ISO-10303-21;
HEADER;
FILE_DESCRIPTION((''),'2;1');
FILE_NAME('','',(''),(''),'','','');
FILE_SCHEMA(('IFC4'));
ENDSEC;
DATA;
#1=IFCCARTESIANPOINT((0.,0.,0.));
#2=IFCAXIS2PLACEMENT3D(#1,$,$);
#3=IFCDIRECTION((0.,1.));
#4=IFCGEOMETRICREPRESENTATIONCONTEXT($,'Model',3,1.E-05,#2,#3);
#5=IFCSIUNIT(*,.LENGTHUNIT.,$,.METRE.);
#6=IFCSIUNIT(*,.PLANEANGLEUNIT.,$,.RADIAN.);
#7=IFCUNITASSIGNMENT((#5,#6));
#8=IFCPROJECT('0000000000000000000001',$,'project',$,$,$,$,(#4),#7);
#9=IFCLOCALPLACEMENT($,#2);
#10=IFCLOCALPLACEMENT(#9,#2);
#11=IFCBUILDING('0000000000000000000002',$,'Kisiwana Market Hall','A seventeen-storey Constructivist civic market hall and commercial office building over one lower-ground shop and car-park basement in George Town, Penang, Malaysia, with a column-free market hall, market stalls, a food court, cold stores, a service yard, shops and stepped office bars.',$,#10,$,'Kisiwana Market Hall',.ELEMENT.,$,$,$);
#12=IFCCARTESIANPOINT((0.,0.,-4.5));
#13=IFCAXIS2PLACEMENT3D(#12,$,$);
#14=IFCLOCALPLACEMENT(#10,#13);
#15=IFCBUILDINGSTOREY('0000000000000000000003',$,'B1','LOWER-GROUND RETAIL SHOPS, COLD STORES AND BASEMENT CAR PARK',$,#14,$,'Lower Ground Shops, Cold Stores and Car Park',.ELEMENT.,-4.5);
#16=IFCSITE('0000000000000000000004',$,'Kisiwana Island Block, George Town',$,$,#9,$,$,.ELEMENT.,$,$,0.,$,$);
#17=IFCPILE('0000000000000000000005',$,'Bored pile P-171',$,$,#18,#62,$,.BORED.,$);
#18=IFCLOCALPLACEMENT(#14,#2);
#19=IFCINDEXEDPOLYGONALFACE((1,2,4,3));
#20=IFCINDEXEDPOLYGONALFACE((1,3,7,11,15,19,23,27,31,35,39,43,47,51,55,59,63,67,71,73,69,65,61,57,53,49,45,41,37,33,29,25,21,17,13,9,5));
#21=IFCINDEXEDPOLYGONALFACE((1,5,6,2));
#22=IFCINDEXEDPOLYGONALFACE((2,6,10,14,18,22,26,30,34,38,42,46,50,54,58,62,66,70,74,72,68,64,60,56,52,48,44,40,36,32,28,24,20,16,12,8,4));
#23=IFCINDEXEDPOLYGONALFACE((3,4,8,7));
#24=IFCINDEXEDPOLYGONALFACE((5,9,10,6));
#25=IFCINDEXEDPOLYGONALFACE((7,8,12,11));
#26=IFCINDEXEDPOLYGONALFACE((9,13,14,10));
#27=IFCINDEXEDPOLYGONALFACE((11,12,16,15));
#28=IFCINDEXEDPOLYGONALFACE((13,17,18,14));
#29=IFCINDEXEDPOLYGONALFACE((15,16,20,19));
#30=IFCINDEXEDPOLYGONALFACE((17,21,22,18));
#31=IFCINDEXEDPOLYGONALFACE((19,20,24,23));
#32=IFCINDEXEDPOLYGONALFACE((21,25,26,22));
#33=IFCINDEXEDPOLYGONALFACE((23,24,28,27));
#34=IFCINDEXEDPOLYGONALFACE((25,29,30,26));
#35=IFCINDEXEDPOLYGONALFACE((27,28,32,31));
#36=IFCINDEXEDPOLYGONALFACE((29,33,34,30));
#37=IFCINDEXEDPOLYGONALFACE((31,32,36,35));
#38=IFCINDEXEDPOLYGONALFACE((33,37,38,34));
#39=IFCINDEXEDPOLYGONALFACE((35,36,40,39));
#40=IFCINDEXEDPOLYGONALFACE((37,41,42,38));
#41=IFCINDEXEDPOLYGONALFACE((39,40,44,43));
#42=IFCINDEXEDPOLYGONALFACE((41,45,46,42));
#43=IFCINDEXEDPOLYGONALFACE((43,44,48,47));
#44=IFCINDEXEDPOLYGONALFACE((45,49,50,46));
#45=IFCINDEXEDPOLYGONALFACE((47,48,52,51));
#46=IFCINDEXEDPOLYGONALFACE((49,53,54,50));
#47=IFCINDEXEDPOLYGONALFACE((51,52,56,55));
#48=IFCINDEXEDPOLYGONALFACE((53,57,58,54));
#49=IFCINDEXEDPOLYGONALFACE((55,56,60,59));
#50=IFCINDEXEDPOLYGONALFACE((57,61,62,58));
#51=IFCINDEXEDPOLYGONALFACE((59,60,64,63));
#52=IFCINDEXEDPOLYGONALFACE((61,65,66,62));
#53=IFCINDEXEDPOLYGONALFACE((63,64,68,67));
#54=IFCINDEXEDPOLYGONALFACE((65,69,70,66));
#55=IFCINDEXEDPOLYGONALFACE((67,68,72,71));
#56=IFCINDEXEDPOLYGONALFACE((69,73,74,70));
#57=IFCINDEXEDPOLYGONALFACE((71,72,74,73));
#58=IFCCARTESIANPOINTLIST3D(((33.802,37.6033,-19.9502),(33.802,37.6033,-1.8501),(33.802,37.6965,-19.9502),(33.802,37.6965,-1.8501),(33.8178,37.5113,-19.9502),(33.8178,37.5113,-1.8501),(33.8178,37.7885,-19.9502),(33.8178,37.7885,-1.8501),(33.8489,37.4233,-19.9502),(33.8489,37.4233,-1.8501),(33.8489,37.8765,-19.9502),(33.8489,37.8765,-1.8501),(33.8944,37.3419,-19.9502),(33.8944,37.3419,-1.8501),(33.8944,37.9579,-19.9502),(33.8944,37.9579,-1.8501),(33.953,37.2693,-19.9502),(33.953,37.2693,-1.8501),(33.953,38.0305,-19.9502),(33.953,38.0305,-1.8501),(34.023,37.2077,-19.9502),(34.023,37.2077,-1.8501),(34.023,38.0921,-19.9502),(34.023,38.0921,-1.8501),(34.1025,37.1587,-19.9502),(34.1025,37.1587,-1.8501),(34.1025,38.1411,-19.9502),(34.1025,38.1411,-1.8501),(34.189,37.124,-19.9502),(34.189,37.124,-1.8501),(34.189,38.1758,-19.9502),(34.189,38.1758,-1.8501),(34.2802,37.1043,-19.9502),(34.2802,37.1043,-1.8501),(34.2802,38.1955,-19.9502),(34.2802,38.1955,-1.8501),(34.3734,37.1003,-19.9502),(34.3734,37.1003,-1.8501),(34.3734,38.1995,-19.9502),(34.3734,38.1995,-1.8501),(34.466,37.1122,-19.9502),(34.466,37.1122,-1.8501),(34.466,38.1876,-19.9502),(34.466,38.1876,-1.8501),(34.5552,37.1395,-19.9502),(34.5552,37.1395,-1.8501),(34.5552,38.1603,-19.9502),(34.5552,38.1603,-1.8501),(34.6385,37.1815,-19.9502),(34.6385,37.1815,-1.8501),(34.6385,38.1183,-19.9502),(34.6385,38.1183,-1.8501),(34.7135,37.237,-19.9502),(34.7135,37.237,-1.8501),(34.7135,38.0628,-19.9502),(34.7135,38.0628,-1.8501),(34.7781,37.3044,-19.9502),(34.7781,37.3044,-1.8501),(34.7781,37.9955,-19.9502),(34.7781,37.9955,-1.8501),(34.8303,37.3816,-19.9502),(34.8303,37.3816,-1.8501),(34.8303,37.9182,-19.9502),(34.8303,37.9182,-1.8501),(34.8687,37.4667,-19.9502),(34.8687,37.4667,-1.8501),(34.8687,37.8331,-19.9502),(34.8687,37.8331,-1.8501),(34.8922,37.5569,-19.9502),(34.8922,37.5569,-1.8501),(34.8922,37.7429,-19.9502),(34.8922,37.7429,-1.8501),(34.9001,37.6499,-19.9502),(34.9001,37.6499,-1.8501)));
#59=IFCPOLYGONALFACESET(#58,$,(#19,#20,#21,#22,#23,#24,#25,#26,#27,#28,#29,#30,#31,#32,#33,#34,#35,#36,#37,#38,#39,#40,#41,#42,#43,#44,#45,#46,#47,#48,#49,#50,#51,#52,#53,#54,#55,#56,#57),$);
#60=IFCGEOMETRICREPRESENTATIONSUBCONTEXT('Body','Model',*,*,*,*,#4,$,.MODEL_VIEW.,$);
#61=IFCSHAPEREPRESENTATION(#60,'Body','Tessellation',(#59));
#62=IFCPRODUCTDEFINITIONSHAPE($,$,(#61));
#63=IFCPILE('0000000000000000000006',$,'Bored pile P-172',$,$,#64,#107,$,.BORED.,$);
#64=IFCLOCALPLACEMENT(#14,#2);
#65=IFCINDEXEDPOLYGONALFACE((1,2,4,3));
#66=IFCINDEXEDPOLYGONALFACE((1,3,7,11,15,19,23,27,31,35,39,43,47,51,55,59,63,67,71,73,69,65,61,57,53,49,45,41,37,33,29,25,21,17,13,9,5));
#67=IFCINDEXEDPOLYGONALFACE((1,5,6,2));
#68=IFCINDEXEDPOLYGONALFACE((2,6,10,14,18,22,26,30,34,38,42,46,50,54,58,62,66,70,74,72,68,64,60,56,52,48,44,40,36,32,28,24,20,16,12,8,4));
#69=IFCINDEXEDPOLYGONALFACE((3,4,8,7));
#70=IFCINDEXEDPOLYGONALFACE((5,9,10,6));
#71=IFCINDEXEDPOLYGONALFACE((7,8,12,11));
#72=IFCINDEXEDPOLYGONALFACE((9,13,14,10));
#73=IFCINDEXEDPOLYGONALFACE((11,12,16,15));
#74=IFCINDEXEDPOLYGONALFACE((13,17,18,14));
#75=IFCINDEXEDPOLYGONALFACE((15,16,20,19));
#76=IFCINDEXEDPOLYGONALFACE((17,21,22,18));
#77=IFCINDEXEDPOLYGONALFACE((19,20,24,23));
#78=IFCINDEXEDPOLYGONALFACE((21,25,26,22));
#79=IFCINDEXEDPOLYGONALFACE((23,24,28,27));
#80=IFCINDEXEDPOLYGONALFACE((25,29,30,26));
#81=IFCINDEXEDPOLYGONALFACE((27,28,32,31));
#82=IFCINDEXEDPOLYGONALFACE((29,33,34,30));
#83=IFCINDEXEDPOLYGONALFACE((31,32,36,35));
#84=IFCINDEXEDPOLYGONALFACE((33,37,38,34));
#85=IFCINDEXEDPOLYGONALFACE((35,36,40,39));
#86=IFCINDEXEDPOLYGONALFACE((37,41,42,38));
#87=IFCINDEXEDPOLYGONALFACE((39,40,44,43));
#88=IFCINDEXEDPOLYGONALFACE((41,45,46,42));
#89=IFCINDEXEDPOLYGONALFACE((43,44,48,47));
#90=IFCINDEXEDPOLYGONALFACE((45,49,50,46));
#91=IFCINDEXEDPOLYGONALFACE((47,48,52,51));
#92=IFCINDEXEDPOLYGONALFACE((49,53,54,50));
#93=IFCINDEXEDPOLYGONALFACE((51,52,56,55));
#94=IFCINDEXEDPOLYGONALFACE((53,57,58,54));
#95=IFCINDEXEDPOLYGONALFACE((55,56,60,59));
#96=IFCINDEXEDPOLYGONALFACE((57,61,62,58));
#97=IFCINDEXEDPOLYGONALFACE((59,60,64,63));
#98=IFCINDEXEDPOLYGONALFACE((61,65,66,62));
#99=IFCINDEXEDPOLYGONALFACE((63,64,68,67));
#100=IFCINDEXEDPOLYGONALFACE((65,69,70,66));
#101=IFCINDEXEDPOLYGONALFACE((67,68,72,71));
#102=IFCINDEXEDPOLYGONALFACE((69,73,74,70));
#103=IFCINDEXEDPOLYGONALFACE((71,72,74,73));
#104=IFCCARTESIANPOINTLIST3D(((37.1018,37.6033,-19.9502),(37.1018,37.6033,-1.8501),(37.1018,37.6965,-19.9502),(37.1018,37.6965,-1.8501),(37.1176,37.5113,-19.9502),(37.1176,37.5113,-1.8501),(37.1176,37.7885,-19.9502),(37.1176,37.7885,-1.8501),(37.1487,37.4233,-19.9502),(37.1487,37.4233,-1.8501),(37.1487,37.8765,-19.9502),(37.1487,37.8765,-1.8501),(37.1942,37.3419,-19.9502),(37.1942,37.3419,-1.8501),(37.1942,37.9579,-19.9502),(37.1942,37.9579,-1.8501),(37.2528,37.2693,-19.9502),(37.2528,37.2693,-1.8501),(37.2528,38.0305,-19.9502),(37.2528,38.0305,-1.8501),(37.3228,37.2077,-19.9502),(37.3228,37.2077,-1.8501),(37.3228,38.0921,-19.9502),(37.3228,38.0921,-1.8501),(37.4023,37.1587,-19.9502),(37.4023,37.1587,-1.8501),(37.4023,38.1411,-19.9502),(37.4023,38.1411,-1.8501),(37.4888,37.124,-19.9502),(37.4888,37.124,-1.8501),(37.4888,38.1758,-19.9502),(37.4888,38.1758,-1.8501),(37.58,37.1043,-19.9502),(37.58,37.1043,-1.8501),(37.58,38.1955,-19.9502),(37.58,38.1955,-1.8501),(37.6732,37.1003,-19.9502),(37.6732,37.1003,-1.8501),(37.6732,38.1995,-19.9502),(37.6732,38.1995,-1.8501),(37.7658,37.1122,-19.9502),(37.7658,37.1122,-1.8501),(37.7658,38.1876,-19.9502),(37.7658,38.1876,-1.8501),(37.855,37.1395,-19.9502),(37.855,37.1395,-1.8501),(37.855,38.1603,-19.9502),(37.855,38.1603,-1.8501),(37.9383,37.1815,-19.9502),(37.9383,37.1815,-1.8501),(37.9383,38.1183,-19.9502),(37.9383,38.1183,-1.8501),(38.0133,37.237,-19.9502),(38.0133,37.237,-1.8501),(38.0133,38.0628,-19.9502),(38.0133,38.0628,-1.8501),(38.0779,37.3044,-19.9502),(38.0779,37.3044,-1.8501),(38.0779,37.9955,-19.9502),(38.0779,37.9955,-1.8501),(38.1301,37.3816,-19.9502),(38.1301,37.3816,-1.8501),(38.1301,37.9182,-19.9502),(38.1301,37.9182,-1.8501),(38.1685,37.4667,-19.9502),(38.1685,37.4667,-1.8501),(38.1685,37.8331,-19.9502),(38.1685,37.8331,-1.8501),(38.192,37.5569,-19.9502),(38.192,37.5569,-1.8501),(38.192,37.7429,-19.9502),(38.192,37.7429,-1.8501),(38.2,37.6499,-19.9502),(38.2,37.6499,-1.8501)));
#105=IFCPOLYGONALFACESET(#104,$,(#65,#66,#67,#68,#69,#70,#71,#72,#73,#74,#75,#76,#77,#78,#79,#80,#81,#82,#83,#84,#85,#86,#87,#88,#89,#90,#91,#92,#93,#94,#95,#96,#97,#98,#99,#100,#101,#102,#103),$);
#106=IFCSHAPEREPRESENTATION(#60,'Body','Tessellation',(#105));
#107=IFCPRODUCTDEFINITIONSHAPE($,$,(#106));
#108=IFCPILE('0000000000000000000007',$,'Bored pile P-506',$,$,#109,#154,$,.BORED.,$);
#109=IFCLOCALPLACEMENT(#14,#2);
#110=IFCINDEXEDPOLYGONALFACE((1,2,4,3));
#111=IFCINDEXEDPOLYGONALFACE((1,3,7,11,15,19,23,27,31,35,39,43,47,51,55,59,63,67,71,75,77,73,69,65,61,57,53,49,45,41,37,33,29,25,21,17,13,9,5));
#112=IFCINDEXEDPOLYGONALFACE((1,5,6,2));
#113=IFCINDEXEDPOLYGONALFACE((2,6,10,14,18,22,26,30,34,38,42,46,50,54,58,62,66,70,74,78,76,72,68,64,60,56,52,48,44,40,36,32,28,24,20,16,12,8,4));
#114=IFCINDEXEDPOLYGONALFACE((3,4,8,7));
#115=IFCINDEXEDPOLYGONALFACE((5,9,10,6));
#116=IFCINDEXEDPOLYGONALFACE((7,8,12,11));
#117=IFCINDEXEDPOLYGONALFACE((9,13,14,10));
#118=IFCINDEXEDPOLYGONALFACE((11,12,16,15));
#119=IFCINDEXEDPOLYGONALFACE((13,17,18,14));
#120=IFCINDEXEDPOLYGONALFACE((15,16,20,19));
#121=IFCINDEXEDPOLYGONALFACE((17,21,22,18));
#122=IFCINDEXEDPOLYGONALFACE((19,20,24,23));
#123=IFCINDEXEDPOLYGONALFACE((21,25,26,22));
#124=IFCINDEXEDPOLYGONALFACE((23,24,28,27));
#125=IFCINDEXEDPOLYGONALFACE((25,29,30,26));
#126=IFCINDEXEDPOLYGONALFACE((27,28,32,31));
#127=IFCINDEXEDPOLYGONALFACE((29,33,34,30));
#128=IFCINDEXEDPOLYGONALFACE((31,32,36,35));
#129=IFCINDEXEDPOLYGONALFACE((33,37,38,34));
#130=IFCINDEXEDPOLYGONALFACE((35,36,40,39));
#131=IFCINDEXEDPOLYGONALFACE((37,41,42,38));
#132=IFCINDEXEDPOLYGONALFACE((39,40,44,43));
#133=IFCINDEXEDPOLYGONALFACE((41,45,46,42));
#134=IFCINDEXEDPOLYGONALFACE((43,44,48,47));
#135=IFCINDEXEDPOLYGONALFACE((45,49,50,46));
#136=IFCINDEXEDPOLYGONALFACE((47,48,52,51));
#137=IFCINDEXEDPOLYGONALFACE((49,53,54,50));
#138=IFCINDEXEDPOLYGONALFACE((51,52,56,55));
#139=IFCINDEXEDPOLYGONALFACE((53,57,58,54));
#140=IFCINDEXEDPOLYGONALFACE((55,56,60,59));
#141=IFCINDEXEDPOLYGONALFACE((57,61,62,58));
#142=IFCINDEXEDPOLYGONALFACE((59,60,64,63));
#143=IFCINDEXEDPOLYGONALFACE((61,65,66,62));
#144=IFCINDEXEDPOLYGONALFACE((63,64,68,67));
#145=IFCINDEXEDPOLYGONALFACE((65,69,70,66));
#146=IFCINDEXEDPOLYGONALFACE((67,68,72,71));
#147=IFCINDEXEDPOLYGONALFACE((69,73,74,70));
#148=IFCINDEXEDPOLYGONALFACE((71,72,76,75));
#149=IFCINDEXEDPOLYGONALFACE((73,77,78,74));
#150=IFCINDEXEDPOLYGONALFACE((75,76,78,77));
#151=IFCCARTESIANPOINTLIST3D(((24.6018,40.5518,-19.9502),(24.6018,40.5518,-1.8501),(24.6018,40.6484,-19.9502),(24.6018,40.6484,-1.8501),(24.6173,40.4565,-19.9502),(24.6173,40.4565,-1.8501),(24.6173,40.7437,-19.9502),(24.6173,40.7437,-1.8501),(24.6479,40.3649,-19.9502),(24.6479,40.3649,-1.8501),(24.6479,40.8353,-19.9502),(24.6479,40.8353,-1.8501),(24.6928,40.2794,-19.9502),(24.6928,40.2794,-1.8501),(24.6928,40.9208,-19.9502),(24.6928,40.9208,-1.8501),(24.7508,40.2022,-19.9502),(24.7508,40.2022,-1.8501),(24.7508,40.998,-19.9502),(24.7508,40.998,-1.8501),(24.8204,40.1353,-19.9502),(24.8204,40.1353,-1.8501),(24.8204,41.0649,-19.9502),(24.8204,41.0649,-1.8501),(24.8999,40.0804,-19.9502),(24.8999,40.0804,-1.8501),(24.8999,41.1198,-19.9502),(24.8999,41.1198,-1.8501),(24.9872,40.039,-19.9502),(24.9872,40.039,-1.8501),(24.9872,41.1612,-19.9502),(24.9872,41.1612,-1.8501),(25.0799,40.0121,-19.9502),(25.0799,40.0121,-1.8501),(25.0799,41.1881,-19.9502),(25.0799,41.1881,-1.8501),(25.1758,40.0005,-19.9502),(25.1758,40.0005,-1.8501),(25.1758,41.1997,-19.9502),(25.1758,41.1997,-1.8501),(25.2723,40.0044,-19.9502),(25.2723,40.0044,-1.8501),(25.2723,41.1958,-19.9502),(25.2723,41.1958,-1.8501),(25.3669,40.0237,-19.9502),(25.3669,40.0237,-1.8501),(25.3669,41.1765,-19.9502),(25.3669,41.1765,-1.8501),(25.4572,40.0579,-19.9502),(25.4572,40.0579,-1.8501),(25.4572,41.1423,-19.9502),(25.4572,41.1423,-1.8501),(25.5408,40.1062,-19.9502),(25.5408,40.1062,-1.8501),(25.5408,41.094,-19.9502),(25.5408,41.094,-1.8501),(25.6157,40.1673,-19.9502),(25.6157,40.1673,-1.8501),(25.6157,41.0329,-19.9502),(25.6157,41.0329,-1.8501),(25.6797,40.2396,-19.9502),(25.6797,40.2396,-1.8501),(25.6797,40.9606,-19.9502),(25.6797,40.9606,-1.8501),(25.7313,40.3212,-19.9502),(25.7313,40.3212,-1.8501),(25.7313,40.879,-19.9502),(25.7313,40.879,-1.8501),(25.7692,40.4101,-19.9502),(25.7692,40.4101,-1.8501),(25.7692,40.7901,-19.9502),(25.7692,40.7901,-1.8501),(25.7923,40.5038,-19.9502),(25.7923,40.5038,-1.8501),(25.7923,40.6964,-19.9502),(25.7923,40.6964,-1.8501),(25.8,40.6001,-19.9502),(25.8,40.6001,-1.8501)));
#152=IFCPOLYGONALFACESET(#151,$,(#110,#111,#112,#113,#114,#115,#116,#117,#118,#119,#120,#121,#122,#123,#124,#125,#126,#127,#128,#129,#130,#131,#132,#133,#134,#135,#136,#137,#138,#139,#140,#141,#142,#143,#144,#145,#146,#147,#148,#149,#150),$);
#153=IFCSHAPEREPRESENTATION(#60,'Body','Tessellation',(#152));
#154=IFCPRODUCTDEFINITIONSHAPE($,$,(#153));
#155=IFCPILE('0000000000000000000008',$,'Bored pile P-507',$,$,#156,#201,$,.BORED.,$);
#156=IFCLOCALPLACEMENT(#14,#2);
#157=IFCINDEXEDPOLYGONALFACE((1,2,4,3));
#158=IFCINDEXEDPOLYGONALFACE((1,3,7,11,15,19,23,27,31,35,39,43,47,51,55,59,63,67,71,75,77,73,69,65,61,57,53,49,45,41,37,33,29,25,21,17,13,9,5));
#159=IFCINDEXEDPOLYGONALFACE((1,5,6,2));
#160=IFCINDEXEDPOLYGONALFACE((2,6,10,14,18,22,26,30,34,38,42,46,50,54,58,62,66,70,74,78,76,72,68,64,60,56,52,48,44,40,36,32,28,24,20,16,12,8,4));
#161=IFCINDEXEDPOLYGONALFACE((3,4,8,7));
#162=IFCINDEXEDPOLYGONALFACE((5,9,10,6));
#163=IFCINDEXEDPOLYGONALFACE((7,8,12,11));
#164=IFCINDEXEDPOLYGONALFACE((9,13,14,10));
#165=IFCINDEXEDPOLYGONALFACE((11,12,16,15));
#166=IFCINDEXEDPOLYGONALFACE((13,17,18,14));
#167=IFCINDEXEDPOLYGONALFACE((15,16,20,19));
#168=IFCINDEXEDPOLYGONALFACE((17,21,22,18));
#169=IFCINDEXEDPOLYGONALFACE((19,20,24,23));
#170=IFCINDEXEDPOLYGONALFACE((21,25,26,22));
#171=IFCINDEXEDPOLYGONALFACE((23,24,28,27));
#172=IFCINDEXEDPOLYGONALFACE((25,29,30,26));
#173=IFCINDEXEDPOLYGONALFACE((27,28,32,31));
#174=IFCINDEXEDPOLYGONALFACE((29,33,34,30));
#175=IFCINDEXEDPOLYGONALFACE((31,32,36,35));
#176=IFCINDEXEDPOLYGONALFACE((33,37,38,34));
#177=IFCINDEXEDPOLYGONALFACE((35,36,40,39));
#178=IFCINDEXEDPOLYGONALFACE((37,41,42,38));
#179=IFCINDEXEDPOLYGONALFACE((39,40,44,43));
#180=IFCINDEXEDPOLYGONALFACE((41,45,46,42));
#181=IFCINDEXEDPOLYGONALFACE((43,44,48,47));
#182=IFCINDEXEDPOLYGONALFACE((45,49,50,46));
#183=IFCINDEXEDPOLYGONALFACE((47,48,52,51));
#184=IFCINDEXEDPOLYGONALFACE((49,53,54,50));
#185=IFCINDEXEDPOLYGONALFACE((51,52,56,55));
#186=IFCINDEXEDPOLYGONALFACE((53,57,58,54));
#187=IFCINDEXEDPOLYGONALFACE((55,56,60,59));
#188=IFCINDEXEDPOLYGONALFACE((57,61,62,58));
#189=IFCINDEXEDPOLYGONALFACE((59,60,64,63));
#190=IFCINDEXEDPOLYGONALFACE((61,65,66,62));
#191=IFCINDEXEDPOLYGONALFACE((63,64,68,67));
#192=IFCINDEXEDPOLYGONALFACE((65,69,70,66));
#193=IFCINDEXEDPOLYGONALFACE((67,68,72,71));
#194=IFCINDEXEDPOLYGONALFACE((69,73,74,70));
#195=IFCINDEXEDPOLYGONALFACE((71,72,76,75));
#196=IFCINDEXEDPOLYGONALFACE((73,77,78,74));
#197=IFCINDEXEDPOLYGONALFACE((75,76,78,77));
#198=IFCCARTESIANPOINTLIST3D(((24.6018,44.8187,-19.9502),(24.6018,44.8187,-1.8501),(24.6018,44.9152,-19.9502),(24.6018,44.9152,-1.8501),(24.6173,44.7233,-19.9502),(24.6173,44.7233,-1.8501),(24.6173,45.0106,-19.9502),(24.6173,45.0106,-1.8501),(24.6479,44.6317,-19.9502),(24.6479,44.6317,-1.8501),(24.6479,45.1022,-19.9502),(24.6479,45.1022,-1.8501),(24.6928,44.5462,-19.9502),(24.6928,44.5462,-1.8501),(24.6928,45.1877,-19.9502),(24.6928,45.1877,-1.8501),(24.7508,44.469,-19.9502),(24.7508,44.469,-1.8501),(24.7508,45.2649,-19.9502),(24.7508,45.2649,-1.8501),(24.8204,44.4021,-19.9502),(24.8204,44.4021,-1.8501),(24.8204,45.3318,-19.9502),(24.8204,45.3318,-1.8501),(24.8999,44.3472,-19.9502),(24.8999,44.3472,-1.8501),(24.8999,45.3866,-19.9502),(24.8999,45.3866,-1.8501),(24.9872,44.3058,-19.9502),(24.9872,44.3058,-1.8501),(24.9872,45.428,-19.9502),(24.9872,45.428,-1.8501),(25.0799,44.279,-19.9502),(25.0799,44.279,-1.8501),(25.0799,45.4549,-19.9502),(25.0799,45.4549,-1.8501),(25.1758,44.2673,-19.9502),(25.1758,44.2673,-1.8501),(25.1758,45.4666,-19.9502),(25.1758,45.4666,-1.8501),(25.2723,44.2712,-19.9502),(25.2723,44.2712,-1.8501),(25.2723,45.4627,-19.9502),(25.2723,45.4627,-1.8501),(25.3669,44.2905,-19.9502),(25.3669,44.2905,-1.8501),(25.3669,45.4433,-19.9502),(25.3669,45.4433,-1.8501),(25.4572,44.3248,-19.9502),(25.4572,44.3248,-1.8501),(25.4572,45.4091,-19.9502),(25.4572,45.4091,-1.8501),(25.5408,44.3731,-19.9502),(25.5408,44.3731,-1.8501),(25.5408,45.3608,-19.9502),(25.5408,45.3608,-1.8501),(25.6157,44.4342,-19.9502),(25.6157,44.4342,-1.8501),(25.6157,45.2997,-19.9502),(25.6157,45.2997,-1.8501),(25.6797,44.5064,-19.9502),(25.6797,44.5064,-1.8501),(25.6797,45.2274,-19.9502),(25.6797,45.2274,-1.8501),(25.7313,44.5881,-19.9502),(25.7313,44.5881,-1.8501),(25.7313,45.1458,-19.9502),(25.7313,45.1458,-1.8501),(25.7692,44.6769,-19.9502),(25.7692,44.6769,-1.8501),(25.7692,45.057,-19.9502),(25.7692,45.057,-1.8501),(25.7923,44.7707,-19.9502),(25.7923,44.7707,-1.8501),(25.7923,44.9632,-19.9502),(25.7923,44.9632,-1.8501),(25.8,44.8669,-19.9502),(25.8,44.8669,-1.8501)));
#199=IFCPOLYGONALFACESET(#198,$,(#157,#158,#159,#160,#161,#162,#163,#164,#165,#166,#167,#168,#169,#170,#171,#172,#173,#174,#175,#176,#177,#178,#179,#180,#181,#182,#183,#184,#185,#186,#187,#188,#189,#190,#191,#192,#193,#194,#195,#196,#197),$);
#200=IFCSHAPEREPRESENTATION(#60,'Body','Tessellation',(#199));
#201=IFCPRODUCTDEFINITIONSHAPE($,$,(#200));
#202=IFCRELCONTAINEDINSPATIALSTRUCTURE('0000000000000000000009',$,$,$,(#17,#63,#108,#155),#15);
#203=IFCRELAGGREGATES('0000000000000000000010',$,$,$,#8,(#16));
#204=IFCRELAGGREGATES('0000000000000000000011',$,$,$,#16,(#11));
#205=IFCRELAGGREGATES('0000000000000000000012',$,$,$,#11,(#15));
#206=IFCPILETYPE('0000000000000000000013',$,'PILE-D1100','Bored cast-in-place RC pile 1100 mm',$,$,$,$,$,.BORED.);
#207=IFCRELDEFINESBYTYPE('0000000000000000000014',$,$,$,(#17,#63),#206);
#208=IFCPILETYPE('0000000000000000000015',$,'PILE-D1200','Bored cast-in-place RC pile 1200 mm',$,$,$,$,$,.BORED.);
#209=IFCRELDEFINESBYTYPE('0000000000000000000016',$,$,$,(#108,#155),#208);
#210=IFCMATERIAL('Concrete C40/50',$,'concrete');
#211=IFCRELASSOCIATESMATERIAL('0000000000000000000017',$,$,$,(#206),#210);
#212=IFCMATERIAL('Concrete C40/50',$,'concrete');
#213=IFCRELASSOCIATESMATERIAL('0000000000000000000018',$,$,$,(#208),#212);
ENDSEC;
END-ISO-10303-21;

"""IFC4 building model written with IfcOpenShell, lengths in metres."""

from ifc_helpers import new_model, si_unit, direction, frame, origin, origin_2d, place, context, subcontext, project, spatial, circle, extrude, material, material_profile, profile_set, type_object, element, save


model = new_model("IFC4")

# Units and contexts
model_context = context("Model", 3, precision=1e-05, world=origin(), true_north=direction((0.0, 1.0)))
body_context = subcontext(model_context, "Body", "Model", "MODEL_VIEW")
ifc_project = project(units=[si_unit("LENGTHUNIT", "METRE"), si_unit("PLANEANGLEUNIT", "RADIAN")], contexts=[model_context])

# Site, building, storey
site_placement = place(None, origin())
site = spatial("IfcSite", under=ifc_project, at=site_placement, Name="Kisiwana Island Block, George Town", CompositionType="ELEMENT", RefElevation=0.0)
building_placement = place(site_placement, origin())
building = spatial("IfcBuilding", under=site, at=building_placement, Name="Kisiwana Market Hall", Description="A seventeen-storey Constructivist civic market hall and commercial office building over one lower-ground shop and car-park basement in George Town, Penang, Malaysia, with a column-free market hall, market stalls, a food court, cold stores, a service yard, shops and stepped office bars.", LongName="Kisiwana Market Hall", CompositionType="ELEMENT")
storey_placement = place(building_placement, frame((0.0, 0.0, -4.5)))
storey = spatial("IfcBuildingStorey", under=building, at=storey_placement, Name="B1", Description="LOWER-GROUND RETAIL SHOPS, COLD STORES AND BASEMENT CAR PARK", LongName="Lower Ground Shops, Cold Stores and Car Park", CompositionType="ELEMENT", Elevation=-4.5)

# Piles
ifc_material_1 = material(Name="Concrete C40/50", Category="concrete")
ifc_material_profile_1 = material_profile(ifc_material_1, circle(Radius=0.55, at=origin_2d()), Name="BP D1100")
ifc_profile_set_1 = profile_set([ifc_material_profile_1], Name="Concrete C40/50")
pile_type_1 = type_object("IfcPileType", Name="PILE-D1100", Description="Bored cast-in-place RC pile 1100 mm", PredefinedType="BORED", material=ifc_profile_set_1)
for number, where, z_axis, x_axis, name in (
    (1, (34.3501, 37.6499, -1.8501), (0.0, 0.0, -1.0), (1.0, 0.0, 0.0), "Bored pile P-171"),
    (2, (37.6499, 37.6499, -1.8501), (0.0, 0.0, -1.0), (1.0, 0.0, 0.0), "Bored pile P-172"),
):
    element("IfcPile", number, at=place(storey_placement, frame(where, z_axis=z_axis, x_axis=x_axis)), inside=storey, type_object=pile_type_1, Name=name, PredefinedType="BORED", context=body_context, shape_type="SweptSolid", body=[
        extrude(circle(Radius=0.55, at=origin_2d()), origin(), (0.0, 0.0, 1.0), 18.1001),
    ])
ifc_material_2 = material(Name="Concrete C40/50", Category="concrete")
ifc_material_profile_2 = material_profile(ifc_material_2, circle(Radius=0.6001, at=origin_2d()), Name="BP D1200")
ifc_profile_set_2 = profile_set([ifc_material_profile_2], Name="Concrete C40/50")
pile_type_2 = type_object("IfcPileType", Name="PILE-D1200", Description="Bored cast-in-place RC pile 1200 mm", PredefinedType="BORED", material=ifc_profile_set_2)
for number, where, z_axis, x_axis, name in (
    (3, (25.2, 40.6001, -1.8501), (0.0, 0.0, -1.0), (1.0, 0.0, 0.0), "Bored pile P-506"),
    (4, (25.2, 44.8669, -1.8501), (0.0, 0.0, -1.0), (1.0, 0.0, 0.0), "Bored pile P-507"),
):
    element("IfcPile", number, at=place(storey_placement, frame(where, z_axis=z_axis, x_axis=x_axis)), inside=storey, type_object=pile_type_2, Name=name, PredefinedType="BORED", context=body_context, shape_type="SweptSolid", body=[
        extrude(circle(Radius=0.6001, at=origin_2d()), origin(), (0.0, 0.0, 1.0), 18.1001),
    ])

save(model, "model.ifc")
